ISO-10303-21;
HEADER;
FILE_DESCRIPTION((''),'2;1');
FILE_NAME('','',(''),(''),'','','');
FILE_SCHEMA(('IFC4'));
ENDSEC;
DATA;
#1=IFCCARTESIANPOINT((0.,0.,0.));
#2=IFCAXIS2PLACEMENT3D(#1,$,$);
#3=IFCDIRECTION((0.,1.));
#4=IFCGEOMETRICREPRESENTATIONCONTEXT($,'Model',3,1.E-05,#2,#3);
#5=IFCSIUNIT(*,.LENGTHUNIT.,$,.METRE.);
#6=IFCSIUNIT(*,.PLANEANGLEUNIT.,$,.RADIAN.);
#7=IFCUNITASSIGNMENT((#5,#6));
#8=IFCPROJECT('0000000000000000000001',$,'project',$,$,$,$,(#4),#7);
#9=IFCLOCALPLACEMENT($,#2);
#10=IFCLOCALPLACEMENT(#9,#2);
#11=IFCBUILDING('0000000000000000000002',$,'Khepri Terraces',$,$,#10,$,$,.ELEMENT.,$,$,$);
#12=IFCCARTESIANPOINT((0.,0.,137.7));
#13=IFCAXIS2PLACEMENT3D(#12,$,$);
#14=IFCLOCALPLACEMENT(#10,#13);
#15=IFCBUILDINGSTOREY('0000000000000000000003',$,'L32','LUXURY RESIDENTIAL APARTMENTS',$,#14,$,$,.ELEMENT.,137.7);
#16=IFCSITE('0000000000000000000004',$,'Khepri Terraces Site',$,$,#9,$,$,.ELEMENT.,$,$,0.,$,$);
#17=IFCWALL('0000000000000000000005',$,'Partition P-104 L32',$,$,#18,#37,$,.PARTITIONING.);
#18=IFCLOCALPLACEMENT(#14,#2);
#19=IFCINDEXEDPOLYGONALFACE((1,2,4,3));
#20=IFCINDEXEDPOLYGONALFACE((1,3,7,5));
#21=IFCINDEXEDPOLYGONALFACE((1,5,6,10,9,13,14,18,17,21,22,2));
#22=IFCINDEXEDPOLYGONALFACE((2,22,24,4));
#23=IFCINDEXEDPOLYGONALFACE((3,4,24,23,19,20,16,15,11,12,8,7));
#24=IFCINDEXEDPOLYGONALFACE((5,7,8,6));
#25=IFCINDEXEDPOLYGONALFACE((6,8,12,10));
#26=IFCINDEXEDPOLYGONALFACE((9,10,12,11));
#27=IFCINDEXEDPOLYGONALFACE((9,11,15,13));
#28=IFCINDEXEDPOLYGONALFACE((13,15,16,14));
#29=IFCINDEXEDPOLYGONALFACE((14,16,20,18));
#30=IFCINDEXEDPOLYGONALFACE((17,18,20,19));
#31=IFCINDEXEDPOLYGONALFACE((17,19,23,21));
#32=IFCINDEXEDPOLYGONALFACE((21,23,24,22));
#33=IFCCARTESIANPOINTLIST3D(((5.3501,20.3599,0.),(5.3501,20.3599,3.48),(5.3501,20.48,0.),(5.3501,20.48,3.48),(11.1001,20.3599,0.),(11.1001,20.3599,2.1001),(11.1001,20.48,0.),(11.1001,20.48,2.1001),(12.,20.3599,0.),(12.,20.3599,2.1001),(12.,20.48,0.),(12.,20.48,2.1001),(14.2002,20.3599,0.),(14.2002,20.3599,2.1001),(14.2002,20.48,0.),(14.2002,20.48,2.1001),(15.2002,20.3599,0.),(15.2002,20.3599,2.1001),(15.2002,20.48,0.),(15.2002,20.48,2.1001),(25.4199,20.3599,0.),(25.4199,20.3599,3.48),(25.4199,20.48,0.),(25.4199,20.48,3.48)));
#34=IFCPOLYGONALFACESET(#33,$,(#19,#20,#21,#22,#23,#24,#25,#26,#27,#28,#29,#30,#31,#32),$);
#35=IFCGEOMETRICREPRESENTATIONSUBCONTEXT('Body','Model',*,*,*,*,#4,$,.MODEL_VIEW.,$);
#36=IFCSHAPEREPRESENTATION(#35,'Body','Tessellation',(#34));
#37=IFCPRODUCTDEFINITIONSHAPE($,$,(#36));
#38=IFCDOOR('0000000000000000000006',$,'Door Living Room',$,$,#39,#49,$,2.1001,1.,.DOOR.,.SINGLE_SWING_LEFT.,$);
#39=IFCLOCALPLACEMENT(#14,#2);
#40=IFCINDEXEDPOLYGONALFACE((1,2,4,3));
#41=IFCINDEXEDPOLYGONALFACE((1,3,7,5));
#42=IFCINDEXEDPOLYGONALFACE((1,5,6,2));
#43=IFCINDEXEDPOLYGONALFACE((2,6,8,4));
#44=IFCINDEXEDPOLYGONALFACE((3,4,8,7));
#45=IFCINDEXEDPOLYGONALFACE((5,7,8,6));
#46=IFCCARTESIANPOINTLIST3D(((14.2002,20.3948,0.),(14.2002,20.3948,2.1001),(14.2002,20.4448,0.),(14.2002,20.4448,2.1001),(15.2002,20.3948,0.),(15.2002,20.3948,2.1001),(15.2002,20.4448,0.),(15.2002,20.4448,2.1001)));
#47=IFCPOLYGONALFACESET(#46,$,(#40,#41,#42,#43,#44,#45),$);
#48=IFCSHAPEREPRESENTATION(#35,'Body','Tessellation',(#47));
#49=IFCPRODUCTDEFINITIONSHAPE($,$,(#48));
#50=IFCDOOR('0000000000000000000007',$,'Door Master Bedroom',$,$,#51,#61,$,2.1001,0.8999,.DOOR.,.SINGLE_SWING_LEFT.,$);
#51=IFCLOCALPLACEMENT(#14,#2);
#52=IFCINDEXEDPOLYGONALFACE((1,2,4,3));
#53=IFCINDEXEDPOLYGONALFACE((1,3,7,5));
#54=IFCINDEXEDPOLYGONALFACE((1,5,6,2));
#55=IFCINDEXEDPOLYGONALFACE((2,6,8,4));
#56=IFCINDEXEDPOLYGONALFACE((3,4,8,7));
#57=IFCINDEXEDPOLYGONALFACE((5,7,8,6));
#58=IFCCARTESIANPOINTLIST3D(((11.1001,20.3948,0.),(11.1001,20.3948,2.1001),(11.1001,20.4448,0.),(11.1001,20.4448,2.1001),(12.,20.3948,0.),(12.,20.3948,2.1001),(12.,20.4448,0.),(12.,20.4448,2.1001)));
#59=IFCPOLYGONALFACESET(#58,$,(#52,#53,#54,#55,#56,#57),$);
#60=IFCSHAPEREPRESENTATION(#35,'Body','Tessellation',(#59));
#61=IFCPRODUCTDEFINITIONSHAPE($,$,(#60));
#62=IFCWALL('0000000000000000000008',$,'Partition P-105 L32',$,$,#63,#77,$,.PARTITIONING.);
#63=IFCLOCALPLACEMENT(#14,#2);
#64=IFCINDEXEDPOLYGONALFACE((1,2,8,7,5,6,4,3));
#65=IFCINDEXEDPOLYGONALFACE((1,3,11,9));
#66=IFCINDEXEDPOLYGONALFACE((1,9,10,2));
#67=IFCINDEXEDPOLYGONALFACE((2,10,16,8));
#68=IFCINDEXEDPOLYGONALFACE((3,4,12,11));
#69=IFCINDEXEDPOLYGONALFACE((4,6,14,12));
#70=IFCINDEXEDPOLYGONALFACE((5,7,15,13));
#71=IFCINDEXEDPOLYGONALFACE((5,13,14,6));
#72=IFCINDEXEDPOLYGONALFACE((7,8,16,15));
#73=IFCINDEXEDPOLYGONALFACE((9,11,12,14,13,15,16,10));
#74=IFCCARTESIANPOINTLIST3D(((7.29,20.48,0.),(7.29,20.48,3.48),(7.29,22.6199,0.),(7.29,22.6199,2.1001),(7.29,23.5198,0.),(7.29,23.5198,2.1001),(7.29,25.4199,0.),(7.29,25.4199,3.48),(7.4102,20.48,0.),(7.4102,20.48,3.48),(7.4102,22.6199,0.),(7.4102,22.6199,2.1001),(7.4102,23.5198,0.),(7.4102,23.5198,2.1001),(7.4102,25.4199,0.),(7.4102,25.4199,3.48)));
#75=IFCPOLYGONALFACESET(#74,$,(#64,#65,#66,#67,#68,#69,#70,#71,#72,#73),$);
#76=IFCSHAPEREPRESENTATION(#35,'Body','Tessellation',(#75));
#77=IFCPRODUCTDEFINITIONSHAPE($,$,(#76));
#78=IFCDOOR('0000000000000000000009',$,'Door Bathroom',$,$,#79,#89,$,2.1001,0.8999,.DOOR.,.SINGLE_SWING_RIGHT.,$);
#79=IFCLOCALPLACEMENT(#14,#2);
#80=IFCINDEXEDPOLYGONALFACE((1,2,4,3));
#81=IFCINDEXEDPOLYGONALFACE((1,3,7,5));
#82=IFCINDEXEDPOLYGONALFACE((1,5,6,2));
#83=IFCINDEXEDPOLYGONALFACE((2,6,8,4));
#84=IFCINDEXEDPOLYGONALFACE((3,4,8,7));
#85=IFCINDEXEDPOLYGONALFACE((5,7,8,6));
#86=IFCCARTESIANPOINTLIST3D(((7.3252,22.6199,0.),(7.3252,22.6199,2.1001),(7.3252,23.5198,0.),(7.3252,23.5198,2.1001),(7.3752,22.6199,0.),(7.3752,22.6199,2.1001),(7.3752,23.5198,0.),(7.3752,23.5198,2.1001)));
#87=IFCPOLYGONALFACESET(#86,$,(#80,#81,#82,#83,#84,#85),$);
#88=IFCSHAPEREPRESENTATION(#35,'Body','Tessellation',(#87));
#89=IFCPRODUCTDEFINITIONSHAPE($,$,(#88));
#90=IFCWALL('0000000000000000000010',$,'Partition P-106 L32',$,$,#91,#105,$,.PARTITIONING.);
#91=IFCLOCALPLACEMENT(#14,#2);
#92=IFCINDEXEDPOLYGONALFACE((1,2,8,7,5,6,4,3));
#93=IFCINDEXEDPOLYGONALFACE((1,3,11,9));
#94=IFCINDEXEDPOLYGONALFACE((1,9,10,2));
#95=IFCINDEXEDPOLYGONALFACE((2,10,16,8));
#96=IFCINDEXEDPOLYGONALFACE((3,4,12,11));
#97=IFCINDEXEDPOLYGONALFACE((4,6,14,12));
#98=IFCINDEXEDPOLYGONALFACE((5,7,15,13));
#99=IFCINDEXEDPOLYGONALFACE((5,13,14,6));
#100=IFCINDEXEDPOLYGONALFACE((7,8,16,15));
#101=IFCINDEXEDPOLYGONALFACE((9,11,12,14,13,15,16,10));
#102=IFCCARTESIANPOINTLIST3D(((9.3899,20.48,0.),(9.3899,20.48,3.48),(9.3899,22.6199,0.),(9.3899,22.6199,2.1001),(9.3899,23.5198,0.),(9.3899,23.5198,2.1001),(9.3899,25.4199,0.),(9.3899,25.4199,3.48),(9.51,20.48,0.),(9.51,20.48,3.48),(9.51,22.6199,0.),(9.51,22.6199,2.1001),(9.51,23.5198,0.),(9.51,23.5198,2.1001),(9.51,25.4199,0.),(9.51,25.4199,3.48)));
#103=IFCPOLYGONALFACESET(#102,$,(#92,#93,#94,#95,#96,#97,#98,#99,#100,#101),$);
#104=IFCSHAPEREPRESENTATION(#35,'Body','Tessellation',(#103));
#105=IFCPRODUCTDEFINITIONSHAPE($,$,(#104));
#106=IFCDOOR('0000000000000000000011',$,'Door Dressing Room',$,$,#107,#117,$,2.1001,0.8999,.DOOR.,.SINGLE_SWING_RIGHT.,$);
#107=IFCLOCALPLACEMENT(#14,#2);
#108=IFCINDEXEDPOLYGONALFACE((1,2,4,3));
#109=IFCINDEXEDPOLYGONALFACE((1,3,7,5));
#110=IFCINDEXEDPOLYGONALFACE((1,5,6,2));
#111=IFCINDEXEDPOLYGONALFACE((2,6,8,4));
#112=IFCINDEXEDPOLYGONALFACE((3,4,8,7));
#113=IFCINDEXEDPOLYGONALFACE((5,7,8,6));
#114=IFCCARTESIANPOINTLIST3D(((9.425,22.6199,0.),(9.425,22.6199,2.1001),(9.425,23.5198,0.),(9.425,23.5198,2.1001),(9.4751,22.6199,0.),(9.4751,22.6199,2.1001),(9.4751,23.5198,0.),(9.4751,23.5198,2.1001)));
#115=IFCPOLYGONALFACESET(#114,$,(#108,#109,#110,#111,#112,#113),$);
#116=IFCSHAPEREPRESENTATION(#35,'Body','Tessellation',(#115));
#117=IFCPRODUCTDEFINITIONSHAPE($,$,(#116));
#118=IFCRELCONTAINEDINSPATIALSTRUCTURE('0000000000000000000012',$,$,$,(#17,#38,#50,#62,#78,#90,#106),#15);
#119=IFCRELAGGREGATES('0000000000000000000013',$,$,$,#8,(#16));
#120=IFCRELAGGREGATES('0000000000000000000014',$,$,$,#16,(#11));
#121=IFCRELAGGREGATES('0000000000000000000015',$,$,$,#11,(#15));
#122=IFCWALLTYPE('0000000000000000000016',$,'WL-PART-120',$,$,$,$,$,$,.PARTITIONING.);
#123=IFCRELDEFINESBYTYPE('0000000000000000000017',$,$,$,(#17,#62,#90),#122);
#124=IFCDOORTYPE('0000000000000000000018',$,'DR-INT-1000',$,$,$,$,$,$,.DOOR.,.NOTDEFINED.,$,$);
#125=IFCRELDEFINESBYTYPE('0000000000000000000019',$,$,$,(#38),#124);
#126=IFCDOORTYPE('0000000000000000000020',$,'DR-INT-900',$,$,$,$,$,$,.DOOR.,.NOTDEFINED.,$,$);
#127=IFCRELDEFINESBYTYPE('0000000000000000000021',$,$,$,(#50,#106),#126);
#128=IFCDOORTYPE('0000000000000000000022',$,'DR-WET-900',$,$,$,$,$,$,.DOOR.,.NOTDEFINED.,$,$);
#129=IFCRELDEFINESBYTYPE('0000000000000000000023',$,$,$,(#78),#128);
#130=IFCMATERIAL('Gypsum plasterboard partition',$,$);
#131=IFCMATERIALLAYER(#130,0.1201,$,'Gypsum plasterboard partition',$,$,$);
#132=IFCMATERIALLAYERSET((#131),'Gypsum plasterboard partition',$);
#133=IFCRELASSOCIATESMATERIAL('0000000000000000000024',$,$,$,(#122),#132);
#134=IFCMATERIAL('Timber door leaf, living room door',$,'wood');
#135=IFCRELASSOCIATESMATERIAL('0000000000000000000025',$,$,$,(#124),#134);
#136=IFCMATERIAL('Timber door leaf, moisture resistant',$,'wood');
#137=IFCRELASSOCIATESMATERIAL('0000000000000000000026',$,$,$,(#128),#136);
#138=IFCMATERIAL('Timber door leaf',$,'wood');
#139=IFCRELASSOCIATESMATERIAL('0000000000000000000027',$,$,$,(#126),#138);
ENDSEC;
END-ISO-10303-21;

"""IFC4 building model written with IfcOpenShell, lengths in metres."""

from ifc_helpers import new_model, si_unit, direction, frame, frame_2d, origin, place, context, subcontext, project, spatial, rectangle, extrude, material, layer, layer_set, type_object, element, fill, save


model = new_model("IFC4")

# Units and contexts
model_context = context("Model", 3, precision=1e-05, world=origin(), true_north=direction((0.0, 1.0)))
body_context = subcontext(model_context, "Body", "Model", "MODEL_VIEW")
ifc_project = project(units=[si_unit("LENGTHUNIT", "METRE"), si_unit("PLANEANGLEUNIT", "RADIAN")], contexts=[model_context])

# Site, building, storey
site_placement = place(None, origin())
site = spatial("IfcSite", under=ifc_project, at=site_placement, Name="Khepri Terraces Site", CompositionType="ELEMENT", RefElevation=0.0)
building_placement = place(site_placement, origin())
building = spatial("IfcBuilding", under=site, at=building_placement, Name="Khepri Terraces", CompositionType="ELEMENT")
storey_placement = place(building_placement, frame((0.0, 0.0, 137.7)))
storey = spatial("IfcBuildingStorey", under=building, at=storey_placement, Name="L32", Description="LUXURY RESIDENTIAL APARTMENTS", CompositionType="ELEMENT", Elevation=137.7)

# Shared definitions
ifc_material_1 = material(Name="Gypsum plasterboard partition")
ifc_layer_1 = layer(ifc_material_1, 0.1201, Name="Gypsum plasterboard partition")
ifc_layer_set_1 = layer_set([ifc_layer_1], Name="Gypsum plasterboard partition")
wall_type_1 = type_object("IfcWallType", Name="WL-PART-120", PredefinedType="PARTITIONING", material=ifc_layer_set_1)

# Shared definitions
ifc_material_2 = material(Name="Timber door leaf, living room door", Category="wood")
door_type_1 = type_object("IfcDoorType", Name="DR-INT-1000", OperationType="NOTDEFINED", PredefinedType="DOOR", material=ifc_material_2)

# Shared definitions
ifc_material_3 = material(Name="Timber door leaf, moisture resistant", Category="wood")
door_type_2 = type_object("IfcDoorType", Name="DR-WET-900", OperationType="NOTDEFINED", PredefinedType="DOOR", material=ifc_material_3)

# Shared definitions
ifc_material_4 = material(Name="Timber door leaf", Category="wood")
door_type_3 = type_object("IfcDoorType", Name="DR-INT-900", OperationType="NOTDEFINED", PredefinedType="DOOR", material=ifc_material_4)

# Wall, openings, doors
wall_1_placement = place(storey_placement, frame((5.3501, 20.4199, 0.0), z_axis=(0.0, 0.0, 1.0), x_axis=(1.0, 0.0, 0.0)))
wall_1 = element("IfcWall", 1, at=wall_1_placement, inside=storey, type_object=wall_type_1, Name="Partition P-104 L32", PredefinedType="PARTITIONING", context=body_context, shape_type="SweptSolid", body=[
    extrude(rectangle(XDim=20.0698, YDim=0.1201, at=frame_2d((10.0349, 0.0))), origin(), (0.0, 0.0, 1.0), 3.48),
])
opening_1_placement = place(wall_1_placement, frame((8.8501, 0.0, 0.0)))
opening_1 = element("IfcOpeningElement", 2, at=opening_1_placement, cuts=wall_1, PredefinedType="OPENING", context=body_context, shape_type="SweptSolid", body=[
    extrude(rectangle(XDim=1.0, YDim=2.1001, at=frame_2d((0.5, 1.05))), frame((0.0, 0.0701, 0.0), z_axis=(0.0, -1.0, 0.0), x_axis=(1.0, 0.0, 0.0)), (0.0, 0.0, 1.0), 0.1401),
])
opening_2_placement = place(wall_1_placement, frame((5.75, 0.0, 0.0)))
opening_2 = element("IfcOpeningElement", 3, at=opening_2_placement, cuts=wall_1, PredefinedType="OPENING", context=body_context, shape_type="SweptSolid", body=[
    extrude(rectangle(XDim=0.8999, YDim=2.1001, at=frame_2d((0.45, 1.05))), frame((0.0, 0.0701, 0.0), z_axis=(0.0, -1.0, 0.0), x_axis=(1.0, 0.0, 0.0)), (0.0, 0.0, 1.0), 0.1401),
])
door_1_placement = place(opening_1_placement, origin())
door_1 = element("IfcDoor", 4, at=door_1_placement, inside=storey, type_object=door_type_1, Name="Door Living Room", OperationType="SINGLE_SWING_LEFT", OverallHeight=2.1001, OverallWidth=1.0, PredefinedType="DOOR", context=body_context, shape_type="SweptSolid", body=[
    extrude(rectangle(XDim=1.0, YDim=2.1001, at=frame_2d((0.5, 1.05))), frame((0.0, 0.0249, 0.0), z_axis=(0.0, -1.0, 0.0), x_axis=(1.0, 0.0, 0.0)), (0.0, 0.0, 1.0), 0.05),
])
fill(opening_1, door_1)
door_2_placement = place(opening_2_placement, origin())
door_2 = element("IfcDoor", 5, at=door_2_placement, inside=storey, type_object=door_type_3, Name="Door Master Bedroom", OperationType="SINGLE_SWING_LEFT", OverallHeight=2.1001, OverallWidth=0.8999, PredefinedType="DOOR", context=body_context, shape_type="SweptSolid", body=[
    extrude(rectangle(XDim=0.8999, YDim=2.1001, at=frame_2d((0.45, 1.05))), frame((0.0, 0.0249, 0.0), z_axis=(0.0, -1.0, 0.0), x_axis=(1.0, 0.0, 0.0)), (0.0, 0.0, 1.0), 0.05),
])
fill(opening_2, door_2)

# Walls, openings, doors
wall_2_placement = place(storey_placement, frame((7.3501, 20.48, 0.0), z_axis=(0.0, 0.0, 1.0), x_axis=(0.0, 1.0, 0.0)))
wall_2 = element("IfcWall", 6, at=wall_2_placement, inside=storey, type_object=wall_type_1, Name="Partition P-105 L32", PredefinedType="PARTITIONING", context=body_context, shape_type="SweptSolid", body=[
    extrude(rectangle(XDim=4.9399, YDim=0.1201, at=frame_2d((2.47, 0.0))), origin(), (0.0, 0.0, 1.0), 3.48),
])
opening_3_placement = place(wall_2_placement, frame((2.1399, 0.0, 0.0)))
opening_3 = element("IfcOpeningElement", 7, at=opening_3_placement, cuts=wall_2, PredefinedType="OPENING", context=body_context, shape_type="SweptSolid", body=[
    extrude(rectangle(XDim=0.8999, YDim=2.1001, at=frame_2d((0.45, 1.05))), frame((0.0, 0.0701, 0.0), z_axis=(0.0, -1.0, 0.0), x_axis=(1.0, 0.0, 0.0)), (0.0, 0.0, 1.0), 0.1401),
])
door_3_placement = place(opening_3_placement, origin())
door_3 = element("IfcDoor", 8, at=door_3_placement, inside=storey, type_object=door_type_2, Name="Door Bathroom", OperationType="SINGLE_SWING_RIGHT", OverallHeight=2.1001, OverallWidth=0.8999, PredefinedType="DOOR", context=body_context, shape_type="SweptSolid", body=[
    extrude(rectangle(XDim=0.8999, YDim=2.1001, at=frame_2d((0.45, 1.05))), frame((0.0, 0.0249, 0.0), z_axis=(0.0, -1.0, 0.0), x_axis=(1.0, 0.0, 0.0)), (0.0, 0.0, 1.0), 0.05),
])
fill(opening_3, door_3)
wall_3_placement = place(storey_placement, frame((9.45, 20.48, 0.0), z_axis=(0.0, 0.0, 1.0), x_axis=(0.0, 1.0, 0.0)))
wall_3 = element("IfcWall", 9, at=wall_3_placement, inside=storey, type_object=wall_type_1, Name="Partition P-106 L32", PredefinedType="PARTITIONING", context=body_context, shape_type="SweptSolid", body=[
    extrude(rectangle(XDim=4.9399, YDim=0.1201, at=frame_2d((2.47, 0.0))), origin(), (0.0, 0.0, 1.0), 3.48),
])
opening_4_placement = place(wall_3_placement, frame((2.1399, 0.0, 0.0)))
opening_4 = element("IfcOpeningElement", 10, at=opening_4_placement, cuts=wall_3, PredefinedType="OPENING", context=body_context, shape_type="SweptSolid", body=[
    extrude(rectangle(XDim=0.8999, YDim=2.1001, at=frame_2d((0.45, 1.05))), frame((0.0, 0.0701, 0.0), z_axis=(0.0, -1.0, 0.0), x_axis=(1.0, 0.0, 0.0)), (0.0, 0.0, 1.0), 0.1401),
])
door_4_placement = place(opening_4_placement, origin())
door_4 = element("IfcDoor", 11, at=door_4_placement, inside=storey, type_object=door_type_3, Name="Door Dressing Room", OperationType="SINGLE_SWING_RIGHT", OverallHeight=2.1001, OverallWidth=0.8999, PredefinedType="DOOR", context=body_context, shape_type="SweptSolid", body=[
    extrude(rectangle(XDim=0.8999, YDim=2.1001, at=frame_2d((0.45, 1.05))), frame((0.0, 0.0249, 0.0), z_axis=(0.0, -1.0, 0.0), x_axis=(1.0, 0.0, 0.0)), (0.0, 0.0, 1.0), 0.05),
])
fill(opening_4, door_4)

save(model, "model.ifc")
